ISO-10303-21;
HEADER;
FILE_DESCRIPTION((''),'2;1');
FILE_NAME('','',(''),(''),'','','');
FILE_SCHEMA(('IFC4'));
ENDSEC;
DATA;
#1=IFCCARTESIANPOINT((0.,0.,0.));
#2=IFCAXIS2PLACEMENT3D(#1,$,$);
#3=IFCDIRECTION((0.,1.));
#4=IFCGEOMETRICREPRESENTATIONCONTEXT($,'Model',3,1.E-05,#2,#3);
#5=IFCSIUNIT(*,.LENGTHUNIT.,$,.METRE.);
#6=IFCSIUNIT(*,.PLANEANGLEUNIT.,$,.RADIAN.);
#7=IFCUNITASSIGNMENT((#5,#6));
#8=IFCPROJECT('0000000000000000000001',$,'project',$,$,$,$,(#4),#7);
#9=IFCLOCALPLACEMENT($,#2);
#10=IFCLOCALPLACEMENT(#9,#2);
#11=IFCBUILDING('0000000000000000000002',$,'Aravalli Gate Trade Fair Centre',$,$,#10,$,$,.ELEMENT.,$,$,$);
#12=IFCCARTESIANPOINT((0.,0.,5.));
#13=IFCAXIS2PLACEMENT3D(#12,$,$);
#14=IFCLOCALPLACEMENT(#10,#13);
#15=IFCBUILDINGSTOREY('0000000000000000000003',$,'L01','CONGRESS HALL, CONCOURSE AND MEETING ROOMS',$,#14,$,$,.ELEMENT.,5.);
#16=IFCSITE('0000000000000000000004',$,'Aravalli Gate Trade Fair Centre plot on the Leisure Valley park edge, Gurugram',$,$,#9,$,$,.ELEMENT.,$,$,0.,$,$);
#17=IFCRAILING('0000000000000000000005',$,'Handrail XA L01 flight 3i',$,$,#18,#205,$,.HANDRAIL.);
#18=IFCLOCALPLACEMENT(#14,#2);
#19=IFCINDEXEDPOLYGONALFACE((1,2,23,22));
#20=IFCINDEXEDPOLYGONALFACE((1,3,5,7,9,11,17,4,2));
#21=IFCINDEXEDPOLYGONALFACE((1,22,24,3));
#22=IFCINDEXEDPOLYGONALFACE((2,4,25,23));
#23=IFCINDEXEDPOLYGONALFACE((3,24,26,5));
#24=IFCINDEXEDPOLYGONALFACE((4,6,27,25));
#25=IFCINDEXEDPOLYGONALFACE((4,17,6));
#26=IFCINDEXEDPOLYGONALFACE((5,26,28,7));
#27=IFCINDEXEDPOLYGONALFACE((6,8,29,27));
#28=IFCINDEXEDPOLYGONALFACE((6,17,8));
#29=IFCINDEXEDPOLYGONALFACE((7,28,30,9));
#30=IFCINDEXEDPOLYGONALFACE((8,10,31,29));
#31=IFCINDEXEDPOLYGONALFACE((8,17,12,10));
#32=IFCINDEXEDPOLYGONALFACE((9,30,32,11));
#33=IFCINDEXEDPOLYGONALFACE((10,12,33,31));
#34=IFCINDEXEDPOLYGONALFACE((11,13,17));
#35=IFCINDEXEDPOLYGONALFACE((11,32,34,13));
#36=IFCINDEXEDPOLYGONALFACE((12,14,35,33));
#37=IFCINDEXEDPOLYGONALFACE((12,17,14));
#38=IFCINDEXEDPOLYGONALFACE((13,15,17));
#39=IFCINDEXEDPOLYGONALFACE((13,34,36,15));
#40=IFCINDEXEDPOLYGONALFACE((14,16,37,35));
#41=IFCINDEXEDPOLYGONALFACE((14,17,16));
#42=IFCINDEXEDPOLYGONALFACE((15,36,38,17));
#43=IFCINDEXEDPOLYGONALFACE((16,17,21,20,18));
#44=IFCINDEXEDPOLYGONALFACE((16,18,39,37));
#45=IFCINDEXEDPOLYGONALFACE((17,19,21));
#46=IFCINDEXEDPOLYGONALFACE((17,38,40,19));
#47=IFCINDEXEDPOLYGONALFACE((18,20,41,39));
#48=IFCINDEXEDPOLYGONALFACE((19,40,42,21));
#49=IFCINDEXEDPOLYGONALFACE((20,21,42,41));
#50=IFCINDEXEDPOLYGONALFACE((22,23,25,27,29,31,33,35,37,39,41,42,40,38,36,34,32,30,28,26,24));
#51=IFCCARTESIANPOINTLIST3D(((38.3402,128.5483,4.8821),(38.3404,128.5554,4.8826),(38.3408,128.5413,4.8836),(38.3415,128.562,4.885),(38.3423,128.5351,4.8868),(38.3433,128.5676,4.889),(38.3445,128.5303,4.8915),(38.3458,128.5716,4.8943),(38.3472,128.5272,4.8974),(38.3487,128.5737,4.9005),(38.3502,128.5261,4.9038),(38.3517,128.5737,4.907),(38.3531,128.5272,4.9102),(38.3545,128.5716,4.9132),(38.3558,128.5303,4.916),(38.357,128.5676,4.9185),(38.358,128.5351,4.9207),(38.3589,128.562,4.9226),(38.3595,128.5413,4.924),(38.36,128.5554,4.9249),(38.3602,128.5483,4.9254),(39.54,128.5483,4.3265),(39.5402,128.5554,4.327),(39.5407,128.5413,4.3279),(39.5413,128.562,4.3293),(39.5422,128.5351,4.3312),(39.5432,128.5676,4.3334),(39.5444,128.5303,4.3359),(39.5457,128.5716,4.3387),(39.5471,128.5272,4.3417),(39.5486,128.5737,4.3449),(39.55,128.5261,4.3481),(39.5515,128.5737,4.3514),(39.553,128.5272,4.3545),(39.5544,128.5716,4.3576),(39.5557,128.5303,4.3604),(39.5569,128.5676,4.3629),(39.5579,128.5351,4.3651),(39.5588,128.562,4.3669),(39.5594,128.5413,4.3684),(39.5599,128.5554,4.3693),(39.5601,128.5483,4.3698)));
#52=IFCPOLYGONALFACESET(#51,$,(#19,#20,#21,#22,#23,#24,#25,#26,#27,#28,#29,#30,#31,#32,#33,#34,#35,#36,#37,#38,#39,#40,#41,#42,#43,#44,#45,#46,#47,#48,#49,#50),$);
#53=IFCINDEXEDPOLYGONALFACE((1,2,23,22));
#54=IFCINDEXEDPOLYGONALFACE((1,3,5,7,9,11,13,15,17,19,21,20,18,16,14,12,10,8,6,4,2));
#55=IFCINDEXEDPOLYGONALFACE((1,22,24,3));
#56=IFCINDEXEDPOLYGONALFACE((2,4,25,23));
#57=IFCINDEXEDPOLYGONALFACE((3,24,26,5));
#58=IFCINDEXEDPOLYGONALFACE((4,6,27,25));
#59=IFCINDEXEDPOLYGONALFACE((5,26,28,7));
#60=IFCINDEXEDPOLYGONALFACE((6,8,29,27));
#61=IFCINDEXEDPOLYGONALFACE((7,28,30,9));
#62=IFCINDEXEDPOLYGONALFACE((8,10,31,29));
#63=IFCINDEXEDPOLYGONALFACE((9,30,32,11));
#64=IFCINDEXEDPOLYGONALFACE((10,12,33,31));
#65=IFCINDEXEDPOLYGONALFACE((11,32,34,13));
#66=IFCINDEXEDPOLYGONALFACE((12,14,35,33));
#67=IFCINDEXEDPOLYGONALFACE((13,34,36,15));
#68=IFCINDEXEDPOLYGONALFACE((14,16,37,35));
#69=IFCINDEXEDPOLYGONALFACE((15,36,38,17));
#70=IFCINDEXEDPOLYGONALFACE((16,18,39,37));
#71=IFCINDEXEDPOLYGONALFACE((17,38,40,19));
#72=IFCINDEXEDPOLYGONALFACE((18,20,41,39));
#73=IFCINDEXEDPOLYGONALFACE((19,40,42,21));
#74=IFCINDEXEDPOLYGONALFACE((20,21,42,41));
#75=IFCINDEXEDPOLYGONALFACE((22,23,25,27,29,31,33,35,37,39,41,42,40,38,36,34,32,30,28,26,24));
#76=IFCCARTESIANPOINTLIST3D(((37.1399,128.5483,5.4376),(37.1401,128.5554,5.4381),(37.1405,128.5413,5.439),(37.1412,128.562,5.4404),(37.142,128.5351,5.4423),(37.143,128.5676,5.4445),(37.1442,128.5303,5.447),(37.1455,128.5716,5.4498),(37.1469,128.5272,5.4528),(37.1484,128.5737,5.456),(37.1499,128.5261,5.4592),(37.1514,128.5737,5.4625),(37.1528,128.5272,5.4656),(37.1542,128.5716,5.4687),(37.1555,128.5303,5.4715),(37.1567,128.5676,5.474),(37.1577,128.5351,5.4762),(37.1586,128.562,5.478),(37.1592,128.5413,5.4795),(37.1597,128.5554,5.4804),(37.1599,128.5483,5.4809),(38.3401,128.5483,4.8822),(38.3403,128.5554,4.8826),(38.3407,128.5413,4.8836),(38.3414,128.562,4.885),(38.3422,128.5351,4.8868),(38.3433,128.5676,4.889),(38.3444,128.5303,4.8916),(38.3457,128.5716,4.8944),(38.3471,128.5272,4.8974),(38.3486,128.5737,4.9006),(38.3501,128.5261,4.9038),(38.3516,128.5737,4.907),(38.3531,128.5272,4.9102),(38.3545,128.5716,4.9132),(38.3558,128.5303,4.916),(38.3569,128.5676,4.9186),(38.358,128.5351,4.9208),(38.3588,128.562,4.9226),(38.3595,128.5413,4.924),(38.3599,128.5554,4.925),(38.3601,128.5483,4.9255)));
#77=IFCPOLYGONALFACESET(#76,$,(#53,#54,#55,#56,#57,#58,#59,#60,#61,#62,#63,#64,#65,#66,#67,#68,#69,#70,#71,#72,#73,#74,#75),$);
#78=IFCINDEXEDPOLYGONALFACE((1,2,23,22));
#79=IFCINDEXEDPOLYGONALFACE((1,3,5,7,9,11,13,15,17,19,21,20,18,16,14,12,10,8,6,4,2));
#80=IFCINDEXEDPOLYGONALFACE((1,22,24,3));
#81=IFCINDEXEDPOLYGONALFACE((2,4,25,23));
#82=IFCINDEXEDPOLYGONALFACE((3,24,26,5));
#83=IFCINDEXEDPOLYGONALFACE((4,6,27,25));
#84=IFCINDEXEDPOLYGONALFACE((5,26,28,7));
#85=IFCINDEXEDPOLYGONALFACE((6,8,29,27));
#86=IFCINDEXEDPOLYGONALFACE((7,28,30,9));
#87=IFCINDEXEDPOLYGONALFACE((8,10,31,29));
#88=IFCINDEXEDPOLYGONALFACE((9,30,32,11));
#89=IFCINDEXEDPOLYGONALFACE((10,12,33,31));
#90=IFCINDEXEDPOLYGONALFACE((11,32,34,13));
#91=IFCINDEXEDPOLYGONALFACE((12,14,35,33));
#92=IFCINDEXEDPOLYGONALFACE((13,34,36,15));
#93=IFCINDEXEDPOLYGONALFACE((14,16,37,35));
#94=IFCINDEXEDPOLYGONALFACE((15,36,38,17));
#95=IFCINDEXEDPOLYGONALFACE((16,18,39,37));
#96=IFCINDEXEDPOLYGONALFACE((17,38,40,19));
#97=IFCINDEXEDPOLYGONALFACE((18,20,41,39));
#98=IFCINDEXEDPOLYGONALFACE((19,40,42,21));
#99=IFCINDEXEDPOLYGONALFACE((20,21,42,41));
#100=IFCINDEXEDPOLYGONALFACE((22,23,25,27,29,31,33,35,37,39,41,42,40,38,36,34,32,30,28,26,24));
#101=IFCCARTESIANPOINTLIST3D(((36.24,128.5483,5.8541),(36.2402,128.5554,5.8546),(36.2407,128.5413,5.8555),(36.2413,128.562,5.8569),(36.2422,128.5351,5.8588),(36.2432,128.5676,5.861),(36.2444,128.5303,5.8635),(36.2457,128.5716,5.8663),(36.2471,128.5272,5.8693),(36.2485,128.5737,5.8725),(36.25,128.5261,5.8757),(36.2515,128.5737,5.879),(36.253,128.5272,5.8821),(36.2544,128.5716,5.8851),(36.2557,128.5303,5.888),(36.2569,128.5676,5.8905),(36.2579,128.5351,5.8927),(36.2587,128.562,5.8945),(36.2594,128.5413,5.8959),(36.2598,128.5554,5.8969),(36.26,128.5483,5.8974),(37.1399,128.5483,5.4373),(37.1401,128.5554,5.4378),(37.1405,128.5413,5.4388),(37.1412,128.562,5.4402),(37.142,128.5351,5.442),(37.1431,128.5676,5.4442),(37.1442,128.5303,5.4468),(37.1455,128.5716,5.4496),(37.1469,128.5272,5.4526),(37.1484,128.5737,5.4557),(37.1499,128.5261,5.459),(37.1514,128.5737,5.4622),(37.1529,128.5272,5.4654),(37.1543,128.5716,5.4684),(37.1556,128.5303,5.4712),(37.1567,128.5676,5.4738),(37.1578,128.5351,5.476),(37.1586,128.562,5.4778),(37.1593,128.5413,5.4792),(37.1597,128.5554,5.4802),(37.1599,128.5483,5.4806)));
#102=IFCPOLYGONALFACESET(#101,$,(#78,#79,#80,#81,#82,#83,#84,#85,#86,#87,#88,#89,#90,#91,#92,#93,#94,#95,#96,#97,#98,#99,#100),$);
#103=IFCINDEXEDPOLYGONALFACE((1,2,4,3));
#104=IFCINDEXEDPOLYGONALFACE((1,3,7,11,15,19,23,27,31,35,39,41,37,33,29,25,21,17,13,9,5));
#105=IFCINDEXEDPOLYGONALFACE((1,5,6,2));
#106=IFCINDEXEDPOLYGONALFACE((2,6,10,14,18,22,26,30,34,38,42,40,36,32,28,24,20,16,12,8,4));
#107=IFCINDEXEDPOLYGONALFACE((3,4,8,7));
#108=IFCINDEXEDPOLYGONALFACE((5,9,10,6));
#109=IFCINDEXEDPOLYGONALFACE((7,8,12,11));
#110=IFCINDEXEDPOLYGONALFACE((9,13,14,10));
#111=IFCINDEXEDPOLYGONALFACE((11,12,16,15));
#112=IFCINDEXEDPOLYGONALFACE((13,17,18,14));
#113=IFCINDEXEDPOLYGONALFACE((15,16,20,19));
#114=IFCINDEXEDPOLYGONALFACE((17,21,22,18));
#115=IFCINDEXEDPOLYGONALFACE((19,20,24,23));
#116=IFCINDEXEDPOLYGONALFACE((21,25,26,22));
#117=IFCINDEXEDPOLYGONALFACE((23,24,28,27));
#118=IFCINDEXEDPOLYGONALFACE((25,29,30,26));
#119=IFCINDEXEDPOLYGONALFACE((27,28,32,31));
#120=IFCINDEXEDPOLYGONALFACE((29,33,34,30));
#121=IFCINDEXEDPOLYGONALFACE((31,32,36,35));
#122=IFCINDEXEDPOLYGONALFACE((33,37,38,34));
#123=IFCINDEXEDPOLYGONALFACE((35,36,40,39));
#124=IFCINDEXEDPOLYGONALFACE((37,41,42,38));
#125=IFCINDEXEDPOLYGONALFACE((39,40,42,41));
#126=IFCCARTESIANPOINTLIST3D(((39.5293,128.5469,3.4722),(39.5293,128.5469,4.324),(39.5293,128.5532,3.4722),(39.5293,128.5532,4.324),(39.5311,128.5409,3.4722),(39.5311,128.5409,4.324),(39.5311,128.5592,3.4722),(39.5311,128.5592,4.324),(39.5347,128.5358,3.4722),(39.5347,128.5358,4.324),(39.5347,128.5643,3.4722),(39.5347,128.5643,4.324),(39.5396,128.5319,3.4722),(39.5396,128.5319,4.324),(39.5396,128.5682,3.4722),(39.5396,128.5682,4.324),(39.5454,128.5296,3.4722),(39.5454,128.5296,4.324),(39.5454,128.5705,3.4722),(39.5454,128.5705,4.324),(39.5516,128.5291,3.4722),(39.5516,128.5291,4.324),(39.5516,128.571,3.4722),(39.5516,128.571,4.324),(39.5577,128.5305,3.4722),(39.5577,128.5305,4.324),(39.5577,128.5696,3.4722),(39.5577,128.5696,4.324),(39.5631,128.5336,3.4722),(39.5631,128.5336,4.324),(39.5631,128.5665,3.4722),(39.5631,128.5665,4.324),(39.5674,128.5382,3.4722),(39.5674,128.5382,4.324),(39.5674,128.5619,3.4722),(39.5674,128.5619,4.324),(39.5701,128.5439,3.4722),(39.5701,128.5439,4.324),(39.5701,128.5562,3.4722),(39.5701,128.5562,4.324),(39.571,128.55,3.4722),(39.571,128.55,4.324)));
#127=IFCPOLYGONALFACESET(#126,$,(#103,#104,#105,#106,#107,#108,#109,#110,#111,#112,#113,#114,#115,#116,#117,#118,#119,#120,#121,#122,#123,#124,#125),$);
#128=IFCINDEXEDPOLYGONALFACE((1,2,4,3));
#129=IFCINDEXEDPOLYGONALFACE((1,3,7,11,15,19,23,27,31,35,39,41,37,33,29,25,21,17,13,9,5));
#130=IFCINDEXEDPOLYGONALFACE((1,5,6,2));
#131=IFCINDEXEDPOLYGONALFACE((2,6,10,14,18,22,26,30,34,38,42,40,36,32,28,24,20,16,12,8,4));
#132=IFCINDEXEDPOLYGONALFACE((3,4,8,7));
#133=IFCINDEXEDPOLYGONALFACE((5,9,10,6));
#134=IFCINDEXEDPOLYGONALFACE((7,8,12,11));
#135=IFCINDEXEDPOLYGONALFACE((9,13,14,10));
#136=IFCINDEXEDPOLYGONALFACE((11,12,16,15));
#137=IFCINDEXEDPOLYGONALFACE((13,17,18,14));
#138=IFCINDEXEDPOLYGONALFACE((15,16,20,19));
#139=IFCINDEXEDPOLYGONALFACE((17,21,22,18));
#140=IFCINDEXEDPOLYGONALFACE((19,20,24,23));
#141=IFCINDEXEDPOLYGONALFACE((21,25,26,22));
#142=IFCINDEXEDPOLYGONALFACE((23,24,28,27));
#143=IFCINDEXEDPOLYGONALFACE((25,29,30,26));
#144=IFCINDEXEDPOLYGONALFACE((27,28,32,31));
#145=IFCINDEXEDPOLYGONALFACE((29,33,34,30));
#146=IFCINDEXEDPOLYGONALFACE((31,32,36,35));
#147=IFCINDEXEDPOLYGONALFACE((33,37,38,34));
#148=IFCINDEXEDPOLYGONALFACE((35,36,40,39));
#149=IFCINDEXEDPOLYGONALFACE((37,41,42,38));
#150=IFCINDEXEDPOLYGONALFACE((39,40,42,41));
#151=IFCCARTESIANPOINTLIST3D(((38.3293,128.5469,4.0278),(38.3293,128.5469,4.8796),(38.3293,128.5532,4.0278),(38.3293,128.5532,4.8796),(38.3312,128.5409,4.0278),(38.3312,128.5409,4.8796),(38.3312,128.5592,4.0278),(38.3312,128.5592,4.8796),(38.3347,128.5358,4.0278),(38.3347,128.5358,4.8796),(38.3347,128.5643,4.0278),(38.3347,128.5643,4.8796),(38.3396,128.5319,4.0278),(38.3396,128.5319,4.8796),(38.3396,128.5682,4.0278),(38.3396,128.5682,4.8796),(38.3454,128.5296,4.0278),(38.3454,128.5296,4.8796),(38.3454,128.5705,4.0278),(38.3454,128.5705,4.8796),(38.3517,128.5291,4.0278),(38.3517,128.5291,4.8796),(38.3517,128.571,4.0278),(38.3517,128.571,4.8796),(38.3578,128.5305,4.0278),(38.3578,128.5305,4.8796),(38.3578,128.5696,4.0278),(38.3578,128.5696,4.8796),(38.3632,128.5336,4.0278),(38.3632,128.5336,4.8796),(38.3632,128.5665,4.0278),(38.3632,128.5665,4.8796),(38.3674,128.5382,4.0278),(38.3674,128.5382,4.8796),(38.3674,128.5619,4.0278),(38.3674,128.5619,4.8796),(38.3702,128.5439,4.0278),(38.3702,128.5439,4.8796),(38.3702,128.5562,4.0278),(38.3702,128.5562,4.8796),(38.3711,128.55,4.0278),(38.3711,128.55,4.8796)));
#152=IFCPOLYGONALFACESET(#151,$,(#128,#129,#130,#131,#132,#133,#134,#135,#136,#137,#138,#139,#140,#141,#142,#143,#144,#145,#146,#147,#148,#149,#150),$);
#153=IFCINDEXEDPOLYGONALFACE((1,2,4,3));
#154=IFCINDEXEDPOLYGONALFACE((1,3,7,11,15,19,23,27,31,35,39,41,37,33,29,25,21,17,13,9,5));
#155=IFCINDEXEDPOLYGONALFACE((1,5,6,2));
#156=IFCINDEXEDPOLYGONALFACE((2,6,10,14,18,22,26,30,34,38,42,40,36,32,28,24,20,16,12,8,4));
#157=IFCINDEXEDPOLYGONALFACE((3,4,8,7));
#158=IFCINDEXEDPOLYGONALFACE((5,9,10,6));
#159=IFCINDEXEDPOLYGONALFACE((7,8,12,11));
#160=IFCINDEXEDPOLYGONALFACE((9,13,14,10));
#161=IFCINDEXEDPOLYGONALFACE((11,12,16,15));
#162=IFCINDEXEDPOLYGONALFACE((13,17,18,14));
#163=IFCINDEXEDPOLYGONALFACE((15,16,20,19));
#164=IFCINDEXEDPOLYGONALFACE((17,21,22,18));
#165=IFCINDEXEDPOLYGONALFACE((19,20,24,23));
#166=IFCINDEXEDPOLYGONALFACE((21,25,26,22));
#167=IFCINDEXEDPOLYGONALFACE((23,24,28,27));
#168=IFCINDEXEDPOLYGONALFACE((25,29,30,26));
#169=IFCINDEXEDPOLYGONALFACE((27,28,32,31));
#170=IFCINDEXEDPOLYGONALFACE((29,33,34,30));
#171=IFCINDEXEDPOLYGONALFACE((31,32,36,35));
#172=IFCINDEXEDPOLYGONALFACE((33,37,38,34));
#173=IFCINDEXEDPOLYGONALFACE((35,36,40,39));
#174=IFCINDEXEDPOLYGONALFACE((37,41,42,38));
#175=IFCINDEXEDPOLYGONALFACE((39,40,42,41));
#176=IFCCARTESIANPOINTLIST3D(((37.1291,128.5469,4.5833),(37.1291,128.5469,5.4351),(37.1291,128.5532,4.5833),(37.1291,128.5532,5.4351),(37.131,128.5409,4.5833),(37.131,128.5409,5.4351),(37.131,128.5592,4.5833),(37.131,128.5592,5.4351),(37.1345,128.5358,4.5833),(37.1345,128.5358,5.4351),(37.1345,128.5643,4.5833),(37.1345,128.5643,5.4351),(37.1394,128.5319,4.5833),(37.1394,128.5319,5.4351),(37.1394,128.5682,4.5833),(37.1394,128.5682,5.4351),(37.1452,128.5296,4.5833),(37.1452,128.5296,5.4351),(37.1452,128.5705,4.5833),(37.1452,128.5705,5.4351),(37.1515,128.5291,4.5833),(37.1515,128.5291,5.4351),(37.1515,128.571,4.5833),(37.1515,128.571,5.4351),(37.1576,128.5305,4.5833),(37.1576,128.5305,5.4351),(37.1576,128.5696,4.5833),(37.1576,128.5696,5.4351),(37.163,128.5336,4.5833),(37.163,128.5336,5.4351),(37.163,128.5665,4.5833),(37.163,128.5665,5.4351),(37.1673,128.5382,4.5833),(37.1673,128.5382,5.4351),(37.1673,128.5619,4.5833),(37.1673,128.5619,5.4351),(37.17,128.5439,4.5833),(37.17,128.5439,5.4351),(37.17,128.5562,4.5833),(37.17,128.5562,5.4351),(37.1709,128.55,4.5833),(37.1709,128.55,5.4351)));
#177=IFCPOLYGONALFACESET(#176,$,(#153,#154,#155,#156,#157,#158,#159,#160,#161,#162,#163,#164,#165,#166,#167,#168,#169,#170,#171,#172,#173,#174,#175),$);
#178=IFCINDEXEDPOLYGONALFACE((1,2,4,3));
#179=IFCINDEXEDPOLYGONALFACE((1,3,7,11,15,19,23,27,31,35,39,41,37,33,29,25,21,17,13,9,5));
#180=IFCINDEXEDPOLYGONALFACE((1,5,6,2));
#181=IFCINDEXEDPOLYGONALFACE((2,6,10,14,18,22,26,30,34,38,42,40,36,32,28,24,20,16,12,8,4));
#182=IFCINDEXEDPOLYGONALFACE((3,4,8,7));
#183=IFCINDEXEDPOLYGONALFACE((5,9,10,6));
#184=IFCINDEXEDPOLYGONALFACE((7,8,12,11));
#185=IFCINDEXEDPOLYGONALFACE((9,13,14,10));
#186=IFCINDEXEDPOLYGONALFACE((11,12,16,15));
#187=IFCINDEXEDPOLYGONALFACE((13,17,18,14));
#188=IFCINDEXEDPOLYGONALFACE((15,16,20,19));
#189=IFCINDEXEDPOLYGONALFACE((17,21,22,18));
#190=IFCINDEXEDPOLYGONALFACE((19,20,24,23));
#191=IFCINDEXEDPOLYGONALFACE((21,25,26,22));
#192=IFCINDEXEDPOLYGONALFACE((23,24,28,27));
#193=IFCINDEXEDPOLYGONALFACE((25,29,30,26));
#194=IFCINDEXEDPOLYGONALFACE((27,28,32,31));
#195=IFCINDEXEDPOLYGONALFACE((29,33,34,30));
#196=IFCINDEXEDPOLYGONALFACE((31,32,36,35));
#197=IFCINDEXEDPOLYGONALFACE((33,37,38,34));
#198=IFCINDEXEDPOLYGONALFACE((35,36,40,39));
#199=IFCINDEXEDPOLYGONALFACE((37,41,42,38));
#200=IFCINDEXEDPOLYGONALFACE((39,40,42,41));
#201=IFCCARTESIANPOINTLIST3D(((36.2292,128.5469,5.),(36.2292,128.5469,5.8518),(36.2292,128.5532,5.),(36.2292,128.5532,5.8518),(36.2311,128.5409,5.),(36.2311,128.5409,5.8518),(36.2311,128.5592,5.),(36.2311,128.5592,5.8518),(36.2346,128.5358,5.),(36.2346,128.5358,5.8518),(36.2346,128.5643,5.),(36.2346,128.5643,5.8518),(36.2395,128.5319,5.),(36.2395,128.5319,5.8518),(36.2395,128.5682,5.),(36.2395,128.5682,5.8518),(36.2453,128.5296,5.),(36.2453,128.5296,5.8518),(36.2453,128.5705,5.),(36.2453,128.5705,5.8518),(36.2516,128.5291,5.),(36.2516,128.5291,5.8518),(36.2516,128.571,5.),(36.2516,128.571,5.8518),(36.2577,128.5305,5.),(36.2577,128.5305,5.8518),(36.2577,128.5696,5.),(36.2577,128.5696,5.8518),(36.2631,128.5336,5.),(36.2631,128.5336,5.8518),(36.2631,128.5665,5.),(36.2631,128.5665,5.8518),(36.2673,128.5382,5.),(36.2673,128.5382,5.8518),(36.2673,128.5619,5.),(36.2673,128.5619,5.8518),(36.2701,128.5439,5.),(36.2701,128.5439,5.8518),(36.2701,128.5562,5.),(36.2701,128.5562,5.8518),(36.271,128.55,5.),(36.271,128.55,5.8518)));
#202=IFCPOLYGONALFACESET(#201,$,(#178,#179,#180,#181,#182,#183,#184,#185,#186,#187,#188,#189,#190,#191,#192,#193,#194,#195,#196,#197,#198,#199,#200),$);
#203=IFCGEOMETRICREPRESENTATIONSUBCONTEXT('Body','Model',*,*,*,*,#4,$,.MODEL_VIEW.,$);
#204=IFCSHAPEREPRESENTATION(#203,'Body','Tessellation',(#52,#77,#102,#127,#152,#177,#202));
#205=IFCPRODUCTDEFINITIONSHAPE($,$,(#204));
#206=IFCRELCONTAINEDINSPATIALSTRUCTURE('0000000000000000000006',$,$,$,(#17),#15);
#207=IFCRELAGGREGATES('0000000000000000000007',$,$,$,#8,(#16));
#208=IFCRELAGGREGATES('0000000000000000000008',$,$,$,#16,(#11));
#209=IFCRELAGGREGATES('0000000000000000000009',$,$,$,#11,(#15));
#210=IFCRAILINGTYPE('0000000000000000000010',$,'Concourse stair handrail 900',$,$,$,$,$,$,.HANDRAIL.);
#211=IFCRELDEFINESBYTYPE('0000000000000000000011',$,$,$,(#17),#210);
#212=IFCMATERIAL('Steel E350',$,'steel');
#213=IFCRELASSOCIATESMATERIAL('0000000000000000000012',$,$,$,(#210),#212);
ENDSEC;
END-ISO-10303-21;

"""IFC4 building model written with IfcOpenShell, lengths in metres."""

from ifc_helpers import new_model, si_unit, direction, frame, origin, origin_2d, place, context, subcontext, project, spatial, circle, extrude, material, type_object, element, save


model = new_model("IFC4")

# Units and contexts
model_context = context("Model", 3, precision=1e-05, world=origin(), true_north=direction((0.0, 1.0)))
body_context = subcontext(model_context, "Body", "Model", "MODEL_VIEW")
ifc_project = project(units=[si_unit("LENGTHUNIT", "METRE"), si_unit("PLANEANGLEUNIT", "RADIAN")], contexts=[model_context])

# Site, building, storey
site_placement = place(None, origin())
site = spatial("IfcSite", under=ifc_project, at=site_placement, Name="Aravalli Gate Trade Fair Centre plot on the Leisure Valley park edge, Gurugram", CompositionType="ELEMENT", RefElevation=0.0)
building_placement = place(site_placement, origin())
building = spatial("IfcBuilding", under=site, at=building_placement, Name="Aravalli Gate Trade Fair Centre", CompositionType="ELEMENT")
storey_placement = place(building_placement, frame((0.0, 0.0, 5.0)))
storey = spatial("IfcBuildingStorey", under=building, at=storey_placement, Name="L01", Description="CONGRESS HALL, CONCOURSE AND MEETING ROOMS", CompositionType="ELEMENT", Elevation=5.0)

# Shared definitions
ifc_material_1 = material(Name="Steel E350", Category="steel")

# Railing
railing_type_1 = type_object("IfcRailingType", Name="Concourse stair handrail 900", PredefinedType="HANDRAIL", material=ifc_material_1)
for number, where, name in (
    (1, (39.55, 128.55, 3.4722), "Handrail XA L01 flight 3i"),
):
    element("IfcRailing", number, at=place(storey_placement, frame(where)), inside=storey, type_object=railing_type_1, Name=name, PredefinedType="HANDRAIL", context=body_context, shape_type="SweptSolid", body=[
        extrude(circle(Radius=0.0239, at=origin_2d()), frame((0.0, 0.0, 0.876), z_axis=(-0.907429, 0.0, 0.420205), x_axis=(0.0, -1.0, 0.0)), (0.0, 0.0, 1.0), 1.3223),
        extrude(circle(Radius=0.0239, at=origin_2d()), frame((-1.2, 0.0, 1.4316), z_axis=(-0.907532, 0.0, 0.419983), x_axis=(0.0, -1.0, 0.0)), (0.0, 0.0, 1.0), 1.3225),
        extrude(circle(Radius=0.0239, at=origin_2d()), frame((-2.4001, 0.0, 1.9868), z_axis=(-0.907418, 0.0, 0.420229), x_axis=(0.0, -1.0, 0.0)), (0.0, 0.0, 1.0), 0.9917),
        extrude(circle(Radius=0.021, at=origin_2d()), origin(), (0.0, 0.0, 1.0), 0.8518),
        extrude(circle(Radius=0.021, at=origin_2d()), frame((-1.2, 0.0, 0.5557)), (0.0, 0.0, 1.0), 0.8518),
        extrude(circle(Radius=0.021, at=origin_2d()), frame((-2.4001, 0.0, 1.1111)), (0.0, 0.0, 1.0), 0.8518),
        extrude(circle(Radius=0.021, at=origin_2d()), frame((-3.3, 0.0, 1.5278)), (0.0, 0.0, 1.0), 0.8518),
    ])

save(model, "model.ifc")
